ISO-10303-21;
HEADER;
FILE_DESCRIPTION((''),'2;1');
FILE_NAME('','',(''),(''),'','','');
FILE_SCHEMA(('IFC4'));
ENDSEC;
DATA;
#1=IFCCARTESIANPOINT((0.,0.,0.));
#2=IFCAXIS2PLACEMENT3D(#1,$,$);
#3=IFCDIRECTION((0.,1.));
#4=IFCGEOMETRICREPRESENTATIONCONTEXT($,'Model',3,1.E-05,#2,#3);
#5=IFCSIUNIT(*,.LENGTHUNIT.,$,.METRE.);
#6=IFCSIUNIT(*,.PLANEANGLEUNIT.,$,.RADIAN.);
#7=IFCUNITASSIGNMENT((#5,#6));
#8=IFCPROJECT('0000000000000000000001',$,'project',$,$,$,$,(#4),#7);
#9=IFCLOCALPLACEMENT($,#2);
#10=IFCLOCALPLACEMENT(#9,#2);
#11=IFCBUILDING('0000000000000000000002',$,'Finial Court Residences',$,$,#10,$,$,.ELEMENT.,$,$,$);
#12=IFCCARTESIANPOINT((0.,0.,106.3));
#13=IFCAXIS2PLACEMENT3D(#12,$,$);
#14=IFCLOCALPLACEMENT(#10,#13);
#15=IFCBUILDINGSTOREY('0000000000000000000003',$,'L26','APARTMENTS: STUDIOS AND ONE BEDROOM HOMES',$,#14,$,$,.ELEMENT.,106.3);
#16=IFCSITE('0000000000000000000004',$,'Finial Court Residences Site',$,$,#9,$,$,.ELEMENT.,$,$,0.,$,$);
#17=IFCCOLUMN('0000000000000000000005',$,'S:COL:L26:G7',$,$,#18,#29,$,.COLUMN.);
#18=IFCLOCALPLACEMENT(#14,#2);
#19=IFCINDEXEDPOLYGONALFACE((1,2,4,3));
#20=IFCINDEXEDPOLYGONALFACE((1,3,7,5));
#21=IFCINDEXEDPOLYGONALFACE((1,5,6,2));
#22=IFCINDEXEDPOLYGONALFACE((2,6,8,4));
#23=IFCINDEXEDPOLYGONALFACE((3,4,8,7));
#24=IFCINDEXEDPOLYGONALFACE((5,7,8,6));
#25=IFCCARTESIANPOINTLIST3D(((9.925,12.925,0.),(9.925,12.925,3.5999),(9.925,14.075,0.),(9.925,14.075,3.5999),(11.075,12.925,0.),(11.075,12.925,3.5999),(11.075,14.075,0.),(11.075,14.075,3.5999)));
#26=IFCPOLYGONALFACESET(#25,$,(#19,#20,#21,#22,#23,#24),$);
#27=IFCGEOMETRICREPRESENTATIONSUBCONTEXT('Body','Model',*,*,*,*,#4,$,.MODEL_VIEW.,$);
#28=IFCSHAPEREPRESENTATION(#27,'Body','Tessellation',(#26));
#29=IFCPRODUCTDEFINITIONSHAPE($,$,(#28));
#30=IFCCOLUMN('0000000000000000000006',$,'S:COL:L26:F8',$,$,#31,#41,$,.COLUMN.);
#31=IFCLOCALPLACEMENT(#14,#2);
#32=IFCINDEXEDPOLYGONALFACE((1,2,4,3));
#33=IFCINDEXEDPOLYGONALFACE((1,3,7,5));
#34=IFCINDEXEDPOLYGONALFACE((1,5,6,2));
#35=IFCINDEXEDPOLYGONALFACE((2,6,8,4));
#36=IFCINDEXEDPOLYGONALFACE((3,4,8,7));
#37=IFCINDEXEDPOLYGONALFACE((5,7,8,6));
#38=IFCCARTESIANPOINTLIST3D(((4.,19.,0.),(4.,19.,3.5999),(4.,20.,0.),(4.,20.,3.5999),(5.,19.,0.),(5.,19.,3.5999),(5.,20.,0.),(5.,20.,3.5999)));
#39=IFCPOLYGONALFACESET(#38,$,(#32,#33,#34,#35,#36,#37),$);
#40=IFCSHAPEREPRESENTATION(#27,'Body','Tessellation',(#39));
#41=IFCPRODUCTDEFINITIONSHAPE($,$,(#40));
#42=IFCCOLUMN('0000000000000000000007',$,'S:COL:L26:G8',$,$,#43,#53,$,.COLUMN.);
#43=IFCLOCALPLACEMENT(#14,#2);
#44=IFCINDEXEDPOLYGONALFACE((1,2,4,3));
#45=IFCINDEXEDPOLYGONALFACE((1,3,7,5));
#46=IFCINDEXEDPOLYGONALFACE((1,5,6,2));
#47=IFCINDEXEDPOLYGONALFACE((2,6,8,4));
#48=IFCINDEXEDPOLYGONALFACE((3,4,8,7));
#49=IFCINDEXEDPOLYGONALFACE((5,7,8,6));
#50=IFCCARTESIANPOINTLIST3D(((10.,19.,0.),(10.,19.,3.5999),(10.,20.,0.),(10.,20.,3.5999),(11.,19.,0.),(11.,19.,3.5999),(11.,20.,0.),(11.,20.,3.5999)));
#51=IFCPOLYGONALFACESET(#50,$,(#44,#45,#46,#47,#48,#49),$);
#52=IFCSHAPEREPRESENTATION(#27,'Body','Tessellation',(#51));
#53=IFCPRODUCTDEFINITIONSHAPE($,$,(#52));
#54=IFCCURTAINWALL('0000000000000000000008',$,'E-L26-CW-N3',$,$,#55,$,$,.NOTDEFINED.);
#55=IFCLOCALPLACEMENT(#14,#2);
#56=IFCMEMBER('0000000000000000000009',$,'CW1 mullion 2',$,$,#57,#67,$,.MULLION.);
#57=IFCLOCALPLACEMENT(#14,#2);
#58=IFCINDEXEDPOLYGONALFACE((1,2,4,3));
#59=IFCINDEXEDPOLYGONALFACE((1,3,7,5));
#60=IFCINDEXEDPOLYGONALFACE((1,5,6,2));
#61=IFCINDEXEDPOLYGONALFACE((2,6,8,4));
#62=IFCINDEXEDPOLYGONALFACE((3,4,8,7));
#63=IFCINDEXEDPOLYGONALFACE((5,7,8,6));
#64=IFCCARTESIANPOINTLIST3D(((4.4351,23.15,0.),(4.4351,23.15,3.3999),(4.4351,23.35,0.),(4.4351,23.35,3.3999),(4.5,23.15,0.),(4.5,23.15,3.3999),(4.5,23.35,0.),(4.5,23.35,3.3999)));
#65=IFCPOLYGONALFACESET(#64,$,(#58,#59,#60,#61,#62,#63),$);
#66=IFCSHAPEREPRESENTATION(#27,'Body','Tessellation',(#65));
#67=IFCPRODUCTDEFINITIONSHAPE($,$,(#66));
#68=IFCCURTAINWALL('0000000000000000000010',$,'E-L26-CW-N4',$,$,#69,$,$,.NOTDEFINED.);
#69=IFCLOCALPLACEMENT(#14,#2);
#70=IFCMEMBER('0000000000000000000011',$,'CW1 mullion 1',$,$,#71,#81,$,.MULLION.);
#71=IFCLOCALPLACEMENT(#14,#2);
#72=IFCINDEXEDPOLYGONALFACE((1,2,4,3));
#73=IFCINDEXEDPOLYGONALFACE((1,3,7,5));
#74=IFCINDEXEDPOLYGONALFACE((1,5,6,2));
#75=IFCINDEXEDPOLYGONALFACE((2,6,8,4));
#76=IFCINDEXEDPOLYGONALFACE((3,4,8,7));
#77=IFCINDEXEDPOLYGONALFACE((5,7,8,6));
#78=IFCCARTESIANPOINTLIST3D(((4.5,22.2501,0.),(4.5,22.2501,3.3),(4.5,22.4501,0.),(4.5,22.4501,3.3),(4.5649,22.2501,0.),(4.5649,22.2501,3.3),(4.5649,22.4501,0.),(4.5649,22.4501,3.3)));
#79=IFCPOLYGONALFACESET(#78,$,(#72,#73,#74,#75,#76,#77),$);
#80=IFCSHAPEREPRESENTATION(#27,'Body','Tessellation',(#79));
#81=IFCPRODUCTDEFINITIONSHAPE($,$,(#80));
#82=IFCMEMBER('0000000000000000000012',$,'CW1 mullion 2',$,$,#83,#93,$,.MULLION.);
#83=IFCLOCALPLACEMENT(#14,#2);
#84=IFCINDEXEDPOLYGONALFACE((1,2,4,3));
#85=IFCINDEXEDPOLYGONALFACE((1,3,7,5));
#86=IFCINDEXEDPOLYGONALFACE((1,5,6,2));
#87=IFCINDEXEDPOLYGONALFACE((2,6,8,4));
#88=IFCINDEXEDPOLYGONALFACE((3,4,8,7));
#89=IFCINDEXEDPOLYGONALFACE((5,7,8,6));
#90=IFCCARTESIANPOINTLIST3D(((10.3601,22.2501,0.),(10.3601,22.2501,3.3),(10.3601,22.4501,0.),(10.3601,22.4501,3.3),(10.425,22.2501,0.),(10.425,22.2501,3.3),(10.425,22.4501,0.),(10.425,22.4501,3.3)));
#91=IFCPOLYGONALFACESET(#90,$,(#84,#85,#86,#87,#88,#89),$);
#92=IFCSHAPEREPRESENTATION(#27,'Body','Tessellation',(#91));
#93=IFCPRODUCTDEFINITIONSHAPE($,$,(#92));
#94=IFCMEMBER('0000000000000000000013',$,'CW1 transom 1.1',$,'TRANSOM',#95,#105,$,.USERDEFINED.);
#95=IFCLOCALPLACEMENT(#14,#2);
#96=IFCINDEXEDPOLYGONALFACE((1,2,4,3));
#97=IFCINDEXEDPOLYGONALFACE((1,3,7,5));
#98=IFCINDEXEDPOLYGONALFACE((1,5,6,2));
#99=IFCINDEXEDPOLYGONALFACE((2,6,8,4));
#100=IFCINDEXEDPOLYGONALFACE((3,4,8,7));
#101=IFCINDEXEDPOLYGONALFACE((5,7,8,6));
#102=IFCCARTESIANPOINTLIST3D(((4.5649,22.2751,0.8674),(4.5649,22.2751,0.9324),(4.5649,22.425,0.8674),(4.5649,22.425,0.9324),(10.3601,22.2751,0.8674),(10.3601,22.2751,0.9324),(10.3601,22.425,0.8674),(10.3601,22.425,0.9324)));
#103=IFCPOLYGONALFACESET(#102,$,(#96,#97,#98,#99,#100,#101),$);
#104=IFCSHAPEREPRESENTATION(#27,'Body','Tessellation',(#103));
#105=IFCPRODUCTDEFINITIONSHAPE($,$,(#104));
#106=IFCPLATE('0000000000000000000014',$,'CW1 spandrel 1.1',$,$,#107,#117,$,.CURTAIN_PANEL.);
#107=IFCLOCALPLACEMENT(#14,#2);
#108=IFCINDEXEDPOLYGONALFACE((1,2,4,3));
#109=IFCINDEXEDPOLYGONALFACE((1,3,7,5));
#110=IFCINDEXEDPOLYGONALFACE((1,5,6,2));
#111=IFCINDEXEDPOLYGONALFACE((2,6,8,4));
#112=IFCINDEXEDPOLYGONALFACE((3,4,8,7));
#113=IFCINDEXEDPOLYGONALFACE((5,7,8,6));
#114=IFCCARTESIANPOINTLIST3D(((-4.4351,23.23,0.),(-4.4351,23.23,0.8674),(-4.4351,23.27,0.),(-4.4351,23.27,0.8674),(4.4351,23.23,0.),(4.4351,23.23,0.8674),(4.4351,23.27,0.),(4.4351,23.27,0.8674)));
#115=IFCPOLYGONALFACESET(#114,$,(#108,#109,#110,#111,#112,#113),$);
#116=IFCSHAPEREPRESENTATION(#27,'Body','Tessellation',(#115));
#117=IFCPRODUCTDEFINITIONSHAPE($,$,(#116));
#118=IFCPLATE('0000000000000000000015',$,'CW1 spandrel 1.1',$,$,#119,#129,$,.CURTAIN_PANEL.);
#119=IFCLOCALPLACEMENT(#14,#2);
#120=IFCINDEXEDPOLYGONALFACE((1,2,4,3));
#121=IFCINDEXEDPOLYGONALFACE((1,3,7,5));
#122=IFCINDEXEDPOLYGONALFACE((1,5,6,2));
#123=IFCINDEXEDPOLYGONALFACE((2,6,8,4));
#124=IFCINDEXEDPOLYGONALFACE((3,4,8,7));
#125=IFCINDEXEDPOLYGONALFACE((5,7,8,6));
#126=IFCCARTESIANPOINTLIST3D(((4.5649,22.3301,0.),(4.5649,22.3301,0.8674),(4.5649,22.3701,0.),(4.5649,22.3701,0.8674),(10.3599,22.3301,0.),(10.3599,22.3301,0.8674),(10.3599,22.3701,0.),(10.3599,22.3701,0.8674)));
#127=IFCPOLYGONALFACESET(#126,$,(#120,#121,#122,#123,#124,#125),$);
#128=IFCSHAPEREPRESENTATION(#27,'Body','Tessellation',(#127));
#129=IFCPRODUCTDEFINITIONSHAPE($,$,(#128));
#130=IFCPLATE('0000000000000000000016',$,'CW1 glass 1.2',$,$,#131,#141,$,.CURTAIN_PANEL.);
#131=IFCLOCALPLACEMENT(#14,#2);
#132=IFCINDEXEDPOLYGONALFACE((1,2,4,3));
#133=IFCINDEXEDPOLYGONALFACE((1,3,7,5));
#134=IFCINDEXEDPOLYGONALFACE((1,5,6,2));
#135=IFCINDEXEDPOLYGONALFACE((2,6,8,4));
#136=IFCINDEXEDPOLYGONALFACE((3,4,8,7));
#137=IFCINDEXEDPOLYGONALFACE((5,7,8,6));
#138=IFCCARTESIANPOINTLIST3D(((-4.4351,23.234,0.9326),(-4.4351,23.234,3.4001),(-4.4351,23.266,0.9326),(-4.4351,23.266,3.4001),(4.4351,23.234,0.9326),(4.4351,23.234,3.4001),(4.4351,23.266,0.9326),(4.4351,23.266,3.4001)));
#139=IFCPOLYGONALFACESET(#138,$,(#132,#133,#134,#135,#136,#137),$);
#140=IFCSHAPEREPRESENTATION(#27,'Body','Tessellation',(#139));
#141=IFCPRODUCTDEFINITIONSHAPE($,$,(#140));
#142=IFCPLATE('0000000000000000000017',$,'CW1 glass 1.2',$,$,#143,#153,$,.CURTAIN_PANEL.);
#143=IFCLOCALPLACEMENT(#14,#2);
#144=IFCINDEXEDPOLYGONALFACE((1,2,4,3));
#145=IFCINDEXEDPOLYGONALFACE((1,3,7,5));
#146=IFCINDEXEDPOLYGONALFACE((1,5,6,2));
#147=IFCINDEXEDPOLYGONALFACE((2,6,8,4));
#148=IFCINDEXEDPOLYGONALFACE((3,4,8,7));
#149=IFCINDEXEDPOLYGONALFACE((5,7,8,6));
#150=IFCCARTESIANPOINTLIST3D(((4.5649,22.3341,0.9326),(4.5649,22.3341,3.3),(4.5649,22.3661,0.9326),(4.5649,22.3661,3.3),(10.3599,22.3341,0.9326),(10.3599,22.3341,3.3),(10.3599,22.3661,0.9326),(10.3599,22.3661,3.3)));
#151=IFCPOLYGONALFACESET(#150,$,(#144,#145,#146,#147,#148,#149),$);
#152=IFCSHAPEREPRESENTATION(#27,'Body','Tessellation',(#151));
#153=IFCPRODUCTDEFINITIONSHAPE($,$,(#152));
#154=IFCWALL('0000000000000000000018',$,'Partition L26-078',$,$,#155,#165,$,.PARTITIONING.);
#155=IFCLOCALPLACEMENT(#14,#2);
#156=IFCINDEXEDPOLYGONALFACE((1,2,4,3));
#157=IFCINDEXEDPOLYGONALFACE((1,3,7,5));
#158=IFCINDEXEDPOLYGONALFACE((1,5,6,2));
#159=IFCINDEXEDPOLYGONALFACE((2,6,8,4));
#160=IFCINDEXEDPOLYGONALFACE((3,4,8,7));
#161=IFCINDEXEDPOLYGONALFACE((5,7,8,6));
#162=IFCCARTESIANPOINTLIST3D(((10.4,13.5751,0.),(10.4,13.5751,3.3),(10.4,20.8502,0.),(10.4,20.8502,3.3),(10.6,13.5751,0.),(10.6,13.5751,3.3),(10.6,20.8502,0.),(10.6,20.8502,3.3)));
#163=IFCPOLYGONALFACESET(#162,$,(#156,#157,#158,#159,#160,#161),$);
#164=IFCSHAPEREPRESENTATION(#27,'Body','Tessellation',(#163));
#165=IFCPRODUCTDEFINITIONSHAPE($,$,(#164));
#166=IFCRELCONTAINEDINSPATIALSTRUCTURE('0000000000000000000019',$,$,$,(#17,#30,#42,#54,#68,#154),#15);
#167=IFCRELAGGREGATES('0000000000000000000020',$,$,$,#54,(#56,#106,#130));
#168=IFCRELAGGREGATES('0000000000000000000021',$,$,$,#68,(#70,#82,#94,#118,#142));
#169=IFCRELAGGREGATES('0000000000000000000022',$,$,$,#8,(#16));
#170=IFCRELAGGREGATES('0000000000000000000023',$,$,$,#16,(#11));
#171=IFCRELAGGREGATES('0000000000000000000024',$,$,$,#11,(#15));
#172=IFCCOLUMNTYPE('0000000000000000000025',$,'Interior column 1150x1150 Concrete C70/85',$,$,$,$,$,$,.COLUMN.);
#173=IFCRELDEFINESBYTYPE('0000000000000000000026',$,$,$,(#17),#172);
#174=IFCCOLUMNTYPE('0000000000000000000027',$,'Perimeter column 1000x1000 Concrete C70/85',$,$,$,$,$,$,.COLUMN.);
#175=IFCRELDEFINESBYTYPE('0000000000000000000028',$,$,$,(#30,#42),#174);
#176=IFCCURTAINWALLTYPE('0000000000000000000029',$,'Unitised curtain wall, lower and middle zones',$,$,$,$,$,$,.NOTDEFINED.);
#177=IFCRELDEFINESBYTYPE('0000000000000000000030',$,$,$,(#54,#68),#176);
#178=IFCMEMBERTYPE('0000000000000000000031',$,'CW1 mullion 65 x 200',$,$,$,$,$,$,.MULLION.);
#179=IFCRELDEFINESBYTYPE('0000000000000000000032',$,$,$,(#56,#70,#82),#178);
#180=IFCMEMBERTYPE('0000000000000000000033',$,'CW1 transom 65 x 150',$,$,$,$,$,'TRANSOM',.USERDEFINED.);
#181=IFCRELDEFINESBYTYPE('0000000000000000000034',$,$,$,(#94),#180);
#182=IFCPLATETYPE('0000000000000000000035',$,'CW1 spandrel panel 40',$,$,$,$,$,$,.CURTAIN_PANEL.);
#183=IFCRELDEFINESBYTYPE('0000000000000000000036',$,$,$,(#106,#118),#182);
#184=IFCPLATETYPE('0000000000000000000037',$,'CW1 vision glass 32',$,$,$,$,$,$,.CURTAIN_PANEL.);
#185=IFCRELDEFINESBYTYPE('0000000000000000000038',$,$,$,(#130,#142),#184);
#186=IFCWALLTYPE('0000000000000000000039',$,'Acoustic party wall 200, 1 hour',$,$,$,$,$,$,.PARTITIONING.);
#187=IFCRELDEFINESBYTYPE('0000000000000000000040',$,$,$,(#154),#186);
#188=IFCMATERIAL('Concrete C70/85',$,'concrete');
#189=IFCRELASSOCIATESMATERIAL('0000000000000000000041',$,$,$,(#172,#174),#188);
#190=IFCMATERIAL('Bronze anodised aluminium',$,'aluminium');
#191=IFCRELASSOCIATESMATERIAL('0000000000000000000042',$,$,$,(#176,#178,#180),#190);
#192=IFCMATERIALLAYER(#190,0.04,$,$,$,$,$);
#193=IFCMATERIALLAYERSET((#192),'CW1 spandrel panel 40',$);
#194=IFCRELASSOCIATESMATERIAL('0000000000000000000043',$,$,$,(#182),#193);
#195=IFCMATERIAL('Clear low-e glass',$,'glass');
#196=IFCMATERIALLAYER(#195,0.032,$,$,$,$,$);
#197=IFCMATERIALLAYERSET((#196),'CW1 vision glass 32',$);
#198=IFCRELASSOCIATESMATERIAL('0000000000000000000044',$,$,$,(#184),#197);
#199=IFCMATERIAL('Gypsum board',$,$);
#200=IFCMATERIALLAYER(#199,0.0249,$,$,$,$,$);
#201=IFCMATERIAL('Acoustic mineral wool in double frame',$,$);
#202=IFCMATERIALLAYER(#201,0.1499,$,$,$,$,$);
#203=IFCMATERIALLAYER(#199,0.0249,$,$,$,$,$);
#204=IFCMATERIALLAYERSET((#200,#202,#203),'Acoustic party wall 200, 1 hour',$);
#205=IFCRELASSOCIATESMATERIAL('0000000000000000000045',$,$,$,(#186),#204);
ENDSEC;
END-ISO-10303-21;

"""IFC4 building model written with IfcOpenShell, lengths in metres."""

from ifc_helpers import new_model, si_unit, direction, frame, frame_2d, origin, origin_2d, place, context, subcontext, project, spatial, rectangle, extrude, material, layer, layer_set, material_profile, profile_set, type_object, element, aggregate, save


model = new_model("IFC4")

# Units and contexts
model_context = context("Model", 3, precision=1e-05, world=origin(), true_north=direction((0.0, 1.0)))
body_context = subcontext(model_context, "Body", "Model", "MODEL_VIEW")
ifc_project = project(units=[si_unit("LENGTHUNIT", "METRE"), si_unit("PLANEANGLEUNIT", "RADIAN")], contexts=[model_context])

# Site, building, storey
site_placement = place(None, origin())
site = spatial("IfcSite", under=ifc_project, at=site_placement, Name="Finial Court Residences Site", CompositionType="ELEMENT", RefElevation=0.0)
building_placement = place(site_placement, origin())
building = spatial("IfcBuilding", under=site, at=building_placement, Name="Finial Court Residences", CompositionType="ELEMENT")
storey_placement = place(building_placement, frame((0.0, 0.0, 106.3)))
storey = spatial("IfcBuildingStorey", under=building, at=storey_placement, Name="L26", Description="APARTMENTS: STUDIOS AND ONE BEDROOM HOMES", CompositionType="ELEMENT", Elevation=106.3)

# Columns
ifc_material_1 = material(Name="Concrete C70/85", Category="concrete")
ifc_material_profile_1 = material_profile(ifc_material_1, rectangle(XDim=1.1499, YDim=1.1499, at=origin_2d()), Name="1150x1150")
ifc_profile_set_1 = profile_set([ifc_material_profile_1], Name="Concrete C70/85")
column_type_1 = type_object("IfcColumnType", Name="Interior column 1150x1150 Concrete C70/85", PredefinedType="COLUMN", material=ifc_profile_set_1)
column_placement = place(storey_placement, frame((10.5, 13.5, 0.0), z_axis=(0.0, 0.0, 1.0), x_axis=(1.0, 0.0, 0.0)))
element("IfcColumn", 1, at=column_placement, inside=storey, type_object=column_type_1, Name="S:COL:L26:G7", PredefinedType="COLUMN", context=body_context, shape_type="SweptSolid", body=[
    extrude(rectangle(XDim=1.1499, YDim=1.1499, at=origin_2d()), origin(), (0.0, 0.0, 1.0), 3.5999),
])
ifc_material_profile_2 = material_profile(ifc_material_1, rectangle(XDim=1.0, YDim=1.0, at=origin_2d()), Name="1000x1000")
ifc_profile_set_2 = profile_set([ifc_material_profile_2], Name="Concrete C70/85")
column_type_2 = type_object("IfcColumnType", Name="Perimeter column 1000x1000 Concrete C70/85", PredefinedType="COLUMN", material=ifc_profile_set_2)
for number, where, z_axis, x_axis, name in (
    (2, (4.5, 19.5, 0.0), (0.0, 0.0, 1.0), (1.0, 0.0, 0.0), "S:COL:L26:F8"),
    (3, (10.5, 19.5, 0.0), (0.0, 0.0, 1.0), (1.0, 0.0, 0.0), "S:COL:L26:G8"),
):
    element("IfcColumn", number, at=place(storey_placement, frame(where, z_axis=z_axis, x_axis=x_axis)), inside=storey, type_object=column_type_2, Name=name, PredefinedType="COLUMN", context=body_context, shape_type="SweptSolid", body=[
        extrude(rectangle(XDim=1.0, YDim=1.0, at=origin_2d()), origin(), (0.0, 0.0, 1.0), 3.5999),
    ])

# Curtain wall, member
ifc_material_2 = material(Name="Bronze anodised aluminium", Category="aluminium")
curtain_wall_type = type_object("IfcCurtainWallType", Name="Unitised curtain wall, lower and middle zones", PredefinedType="NOTDEFINED", material=ifc_material_2)
curtain_wall_1_placement = place(storey_placement, origin())
curtain_wall_1 = element("IfcCurtainWall", 4, at=curtain_wall_1_placement, inside=storey, type_object=curtain_wall_type, Name="E-L26-CW-N3", PredefinedType="NOTDEFINED")
ifc_material_profile_3 = material_profile(ifc_material_2, rectangle(XDim=0.2, YDim=0.0649, at=origin_2d()), Name="CW1 mullion 65 x 200")
ifc_profile_set_3 = profile_set([ifc_material_profile_3], Name="Bronze anodised aluminium")
member_type_1 = type_object("IfcMemberType", Name="CW1 mullion 65 x 200", PredefinedType="MULLION", material=ifc_profile_set_3)
member_1_placement = place(storey_placement, frame((4.4675, 23.25, 0.0), z_axis=(0.0, 0.0, 1.0), x_axis=(0.0, 1.0, 0.0)))
member_1 = element("IfcMember", 5, at=member_1_placement, type_object=member_type_1, Name="CW1 mullion 2", PredefinedType="MULLION", context=body_context, shape_type="SweptSolid", body=[
    extrude(rectangle(XDim=0.2, YDim=0.0649, at=origin_2d()), origin(), (0.0, 0.0, 1.0), 3.3999),
])

# Curtain wall, members
curtain_wall_2_placement = place(storey_placement, origin())
curtain_wall_2 = element("IfcCurtainWall", 6, at=curtain_wall_2_placement, inside=storey, type_object=curtain_wall_type, Name="E-L26-CW-N4", PredefinedType="NOTDEFINED")
member_2_placement = place(storey_placement, frame((4.5325, 22.3501, 0.0), z_axis=(0.0, 0.0, 1.0), x_axis=(0.0, 1.0, 0.0)))
member_2 = element("IfcMember", 7, at=member_2_placement, type_object=member_type_1, Name="CW1 mullion 1", PredefinedType="MULLION", context=body_context, shape_type="SweptSolid", body=[
    extrude(rectangle(XDim=0.2, YDim=0.0649, at=origin_2d()), origin(), (0.0, 0.0, 1.0), 3.3),
])
member_3_placement = place(storey_placement, frame((10.3926, 22.3501, 0.0), z_axis=(0.0, 0.0, 1.0), x_axis=(0.0, 1.0, 0.0)))
member_3 = element("IfcMember", 8, at=member_3_placement, type_object=member_type_1, Name="CW1 mullion 2", PredefinedType="MULLION", context=body_context, shape_type="SweptSolid", body=[
    extrude(rectangle(XDim=0.2, YDim=0.0649, at=origin_2d()), origin(), (0.0, 0.0, 1.0), 3.3),
])
ifc_material_profile_4 = material_profile(ifc_material_2, rectangle(XDim=0.1499, YDim=0.0649, at=origin_2d()), Name="CW1 transom 65 x 150")
ifc_profile_set_4 = profile_set([ifc_material_profile_4], Name="Bronze anodised aluminium")
member_type_2 = type_object("IfcMemberType", Name="CW1 transom 65 x 150", ElementType="TRANSOM", PredefinedType="USERDEFINED", material=ifc_profile_set_4)
member_4_placement = place(storey_placement, frame((4.5649, 22.3501, 0.8999), z_axis=(1.0, 0.0, 0.0), x_axis=(0.0, 1.0, 0.0)))
member_4 = element("IfcMember", 9, at=member_4_placement, type_object=member_type_2, Name="CW1 transom 1.1", ObjectType="TRANSOM", PredefinedType="USERDEFINED", context=body_context, shape_type="SweptSolid", body=[
    extrude(rectangle(XDim=0.1499, YDim=0.0649, at=origin_2d()), origin(), (0.0, 0.0, 1.0), 5.7952),
])

# Plates
ifc_layer_1 = layer(ifc_material_2, 0.04)
ifc_layer_set_1 = layer_set([ifc_layer_1], Name="CW1 spandrel panel 40")
plate_type_1 = type_object("IfcPlateType", Name="CW1 spandrel panel 40", PredefinedType="CURTAIN_PANEL", material=ifc_layer_set_1)
plate_1_placement = place(storey_placement, frame((0.0, 23.25, 0.0), z_axis=(0.0, 0.0, 1.0), x_axis=(1.0, 0.0, 0.0)))
plate_1 = element("IfcPlate", 10, at=plate_1_placement, type_object=plate_type_1, Name="CW1 spandrel 1.1", PredefinedType="CURTAIN_PANEL", context=body_context, shape_type="SweptSolid", body=[
    extrude(rectangle(XDim=8.8701, YDim=0.04, at=origin_2d()), origin(), (0.0, 0.0, 1.0), 0.8674),
])
plate_2_placement = place(storey_placement, frame((7.4624, 22.3501, 0.0), z_axis=(0.0, 0.0, 1.0), x_axis=(1.0, 0.0, 0.0)))
plate_2 = element("IfcPlate", 11, at=plate_2_placement, type_object=plate_type_1, Name="CW1 spandrel 1.1", PredefinedType="CURTAIN_PANEL", context=body_context, shape_type="SweptSolid", body=[
    extrude(rectangle(XDim=5.7949, YDim=0.04, at=origin_2d()), origin(), (0.0, 0.0, 1.0), 0.8674),
])
ifc_material_3 = material(Name="Clear low-e glass", Category="glass")
ifc_layer_2 = layer(ifc_material_3, 0.032)
ifc_layer_set_2 = layer_set([ifc_layer_2], Name="CW1 vision glass 32")
plate_type_2 = type_object("IfcPlateType", Name="CW1 vision glass 32", PredefinedType="CURTAIN_PANEL", material=ifc_layer_set_2)
plate_3_placement = place(storey_placement, frame((0.0, 23.25, 0.9326), z_axis=(0.0, 0.0, 1.0), x_axis=(1.0, 0.0, 0.0)))
plate_3 = element("IfcPlate", 12, at=plate_3_placement, type_object=plate_type_2, Name="CW1 glass 1.2", PredefinedType="CURTAIN_PANEL", context=body_context, shape_type="SweptSolid", body=[
    extrude(rectangle(XDim=8.8701, YDim=0.032, at=origin_2d()), origin(), (0.0, 0.0, 1.0), 2.4675),
])
aggregate(curtain_wall_1, [member_1, plate_1, plate_3])
plate_4_placement = place(storey_placement, frame((7.4624, 22.3501, 0.9326), z_axis=(0.0, 0.0, 1.0), x_axis=(1.0, 0.0, 0.0)))
plate_4 = element("IfcPlate", 13, at=plate_4_placement, type_object=plate_type_2, Name="CW1 glass 1.2", PredefinedType="CURTAIN_PANEL", context=body_context, shape_type="SweptSolid", body=[
    extrude(rectangle(XDim=5.7949, YDim=0.032, at=origin_2d()), origin(), (0.0, 0.0, 1.0), 2.3674),
])
aggregate(curtain_wall_2, [member_2, member_3, member_4, plate_2, plate_4])

# Wall
ifc_material_4 = material(Name="Gypsum board")
ifc_layer_3 = layer(ifc_material_4, 0.0249)
ifc_material_5 = material(Name="Acoustic mineral wool in double frame")
ifc_layer_4 = layer(ifc_material_5, 0.1499)
ifc_layer_5 = layer(ifc_material_4, 0.0249)
ifc_layer_set_3 = layer_set([ifc_layer_3, ifc_layer_4, ifc_layer_5], Name="Acoustic party wall 200, 1 hour")
wall_type_1 = type_object("IfcWallType", Name="Acoustic party wall 200, 1 hour", PredefinedType="PARTITIONING", material=ifc_layer_set_3)
wall_1_placement = place(storey_placement, frame((10.5, 13.575, 0.0), z_axis=(0.0, 0.0, 1.0), x_axis=(0.0, 1.0, 0.0)))
element("IfcWall", 14, at=wall_1_placement, inside=storey, type_object=wall_type_1, Name="Partition L26-078", PredefinedType="PARTITIONING", context=body_context, shape_type="SweptSolid", body=[
    extrude(rectangle(XDim=7.2751, YDim=0.2, at=frame_2d((3.6377, 0.0))), origin(), (0.0, 0.0, 1.0), 3.3),
])

save(model, "model.ifc")
